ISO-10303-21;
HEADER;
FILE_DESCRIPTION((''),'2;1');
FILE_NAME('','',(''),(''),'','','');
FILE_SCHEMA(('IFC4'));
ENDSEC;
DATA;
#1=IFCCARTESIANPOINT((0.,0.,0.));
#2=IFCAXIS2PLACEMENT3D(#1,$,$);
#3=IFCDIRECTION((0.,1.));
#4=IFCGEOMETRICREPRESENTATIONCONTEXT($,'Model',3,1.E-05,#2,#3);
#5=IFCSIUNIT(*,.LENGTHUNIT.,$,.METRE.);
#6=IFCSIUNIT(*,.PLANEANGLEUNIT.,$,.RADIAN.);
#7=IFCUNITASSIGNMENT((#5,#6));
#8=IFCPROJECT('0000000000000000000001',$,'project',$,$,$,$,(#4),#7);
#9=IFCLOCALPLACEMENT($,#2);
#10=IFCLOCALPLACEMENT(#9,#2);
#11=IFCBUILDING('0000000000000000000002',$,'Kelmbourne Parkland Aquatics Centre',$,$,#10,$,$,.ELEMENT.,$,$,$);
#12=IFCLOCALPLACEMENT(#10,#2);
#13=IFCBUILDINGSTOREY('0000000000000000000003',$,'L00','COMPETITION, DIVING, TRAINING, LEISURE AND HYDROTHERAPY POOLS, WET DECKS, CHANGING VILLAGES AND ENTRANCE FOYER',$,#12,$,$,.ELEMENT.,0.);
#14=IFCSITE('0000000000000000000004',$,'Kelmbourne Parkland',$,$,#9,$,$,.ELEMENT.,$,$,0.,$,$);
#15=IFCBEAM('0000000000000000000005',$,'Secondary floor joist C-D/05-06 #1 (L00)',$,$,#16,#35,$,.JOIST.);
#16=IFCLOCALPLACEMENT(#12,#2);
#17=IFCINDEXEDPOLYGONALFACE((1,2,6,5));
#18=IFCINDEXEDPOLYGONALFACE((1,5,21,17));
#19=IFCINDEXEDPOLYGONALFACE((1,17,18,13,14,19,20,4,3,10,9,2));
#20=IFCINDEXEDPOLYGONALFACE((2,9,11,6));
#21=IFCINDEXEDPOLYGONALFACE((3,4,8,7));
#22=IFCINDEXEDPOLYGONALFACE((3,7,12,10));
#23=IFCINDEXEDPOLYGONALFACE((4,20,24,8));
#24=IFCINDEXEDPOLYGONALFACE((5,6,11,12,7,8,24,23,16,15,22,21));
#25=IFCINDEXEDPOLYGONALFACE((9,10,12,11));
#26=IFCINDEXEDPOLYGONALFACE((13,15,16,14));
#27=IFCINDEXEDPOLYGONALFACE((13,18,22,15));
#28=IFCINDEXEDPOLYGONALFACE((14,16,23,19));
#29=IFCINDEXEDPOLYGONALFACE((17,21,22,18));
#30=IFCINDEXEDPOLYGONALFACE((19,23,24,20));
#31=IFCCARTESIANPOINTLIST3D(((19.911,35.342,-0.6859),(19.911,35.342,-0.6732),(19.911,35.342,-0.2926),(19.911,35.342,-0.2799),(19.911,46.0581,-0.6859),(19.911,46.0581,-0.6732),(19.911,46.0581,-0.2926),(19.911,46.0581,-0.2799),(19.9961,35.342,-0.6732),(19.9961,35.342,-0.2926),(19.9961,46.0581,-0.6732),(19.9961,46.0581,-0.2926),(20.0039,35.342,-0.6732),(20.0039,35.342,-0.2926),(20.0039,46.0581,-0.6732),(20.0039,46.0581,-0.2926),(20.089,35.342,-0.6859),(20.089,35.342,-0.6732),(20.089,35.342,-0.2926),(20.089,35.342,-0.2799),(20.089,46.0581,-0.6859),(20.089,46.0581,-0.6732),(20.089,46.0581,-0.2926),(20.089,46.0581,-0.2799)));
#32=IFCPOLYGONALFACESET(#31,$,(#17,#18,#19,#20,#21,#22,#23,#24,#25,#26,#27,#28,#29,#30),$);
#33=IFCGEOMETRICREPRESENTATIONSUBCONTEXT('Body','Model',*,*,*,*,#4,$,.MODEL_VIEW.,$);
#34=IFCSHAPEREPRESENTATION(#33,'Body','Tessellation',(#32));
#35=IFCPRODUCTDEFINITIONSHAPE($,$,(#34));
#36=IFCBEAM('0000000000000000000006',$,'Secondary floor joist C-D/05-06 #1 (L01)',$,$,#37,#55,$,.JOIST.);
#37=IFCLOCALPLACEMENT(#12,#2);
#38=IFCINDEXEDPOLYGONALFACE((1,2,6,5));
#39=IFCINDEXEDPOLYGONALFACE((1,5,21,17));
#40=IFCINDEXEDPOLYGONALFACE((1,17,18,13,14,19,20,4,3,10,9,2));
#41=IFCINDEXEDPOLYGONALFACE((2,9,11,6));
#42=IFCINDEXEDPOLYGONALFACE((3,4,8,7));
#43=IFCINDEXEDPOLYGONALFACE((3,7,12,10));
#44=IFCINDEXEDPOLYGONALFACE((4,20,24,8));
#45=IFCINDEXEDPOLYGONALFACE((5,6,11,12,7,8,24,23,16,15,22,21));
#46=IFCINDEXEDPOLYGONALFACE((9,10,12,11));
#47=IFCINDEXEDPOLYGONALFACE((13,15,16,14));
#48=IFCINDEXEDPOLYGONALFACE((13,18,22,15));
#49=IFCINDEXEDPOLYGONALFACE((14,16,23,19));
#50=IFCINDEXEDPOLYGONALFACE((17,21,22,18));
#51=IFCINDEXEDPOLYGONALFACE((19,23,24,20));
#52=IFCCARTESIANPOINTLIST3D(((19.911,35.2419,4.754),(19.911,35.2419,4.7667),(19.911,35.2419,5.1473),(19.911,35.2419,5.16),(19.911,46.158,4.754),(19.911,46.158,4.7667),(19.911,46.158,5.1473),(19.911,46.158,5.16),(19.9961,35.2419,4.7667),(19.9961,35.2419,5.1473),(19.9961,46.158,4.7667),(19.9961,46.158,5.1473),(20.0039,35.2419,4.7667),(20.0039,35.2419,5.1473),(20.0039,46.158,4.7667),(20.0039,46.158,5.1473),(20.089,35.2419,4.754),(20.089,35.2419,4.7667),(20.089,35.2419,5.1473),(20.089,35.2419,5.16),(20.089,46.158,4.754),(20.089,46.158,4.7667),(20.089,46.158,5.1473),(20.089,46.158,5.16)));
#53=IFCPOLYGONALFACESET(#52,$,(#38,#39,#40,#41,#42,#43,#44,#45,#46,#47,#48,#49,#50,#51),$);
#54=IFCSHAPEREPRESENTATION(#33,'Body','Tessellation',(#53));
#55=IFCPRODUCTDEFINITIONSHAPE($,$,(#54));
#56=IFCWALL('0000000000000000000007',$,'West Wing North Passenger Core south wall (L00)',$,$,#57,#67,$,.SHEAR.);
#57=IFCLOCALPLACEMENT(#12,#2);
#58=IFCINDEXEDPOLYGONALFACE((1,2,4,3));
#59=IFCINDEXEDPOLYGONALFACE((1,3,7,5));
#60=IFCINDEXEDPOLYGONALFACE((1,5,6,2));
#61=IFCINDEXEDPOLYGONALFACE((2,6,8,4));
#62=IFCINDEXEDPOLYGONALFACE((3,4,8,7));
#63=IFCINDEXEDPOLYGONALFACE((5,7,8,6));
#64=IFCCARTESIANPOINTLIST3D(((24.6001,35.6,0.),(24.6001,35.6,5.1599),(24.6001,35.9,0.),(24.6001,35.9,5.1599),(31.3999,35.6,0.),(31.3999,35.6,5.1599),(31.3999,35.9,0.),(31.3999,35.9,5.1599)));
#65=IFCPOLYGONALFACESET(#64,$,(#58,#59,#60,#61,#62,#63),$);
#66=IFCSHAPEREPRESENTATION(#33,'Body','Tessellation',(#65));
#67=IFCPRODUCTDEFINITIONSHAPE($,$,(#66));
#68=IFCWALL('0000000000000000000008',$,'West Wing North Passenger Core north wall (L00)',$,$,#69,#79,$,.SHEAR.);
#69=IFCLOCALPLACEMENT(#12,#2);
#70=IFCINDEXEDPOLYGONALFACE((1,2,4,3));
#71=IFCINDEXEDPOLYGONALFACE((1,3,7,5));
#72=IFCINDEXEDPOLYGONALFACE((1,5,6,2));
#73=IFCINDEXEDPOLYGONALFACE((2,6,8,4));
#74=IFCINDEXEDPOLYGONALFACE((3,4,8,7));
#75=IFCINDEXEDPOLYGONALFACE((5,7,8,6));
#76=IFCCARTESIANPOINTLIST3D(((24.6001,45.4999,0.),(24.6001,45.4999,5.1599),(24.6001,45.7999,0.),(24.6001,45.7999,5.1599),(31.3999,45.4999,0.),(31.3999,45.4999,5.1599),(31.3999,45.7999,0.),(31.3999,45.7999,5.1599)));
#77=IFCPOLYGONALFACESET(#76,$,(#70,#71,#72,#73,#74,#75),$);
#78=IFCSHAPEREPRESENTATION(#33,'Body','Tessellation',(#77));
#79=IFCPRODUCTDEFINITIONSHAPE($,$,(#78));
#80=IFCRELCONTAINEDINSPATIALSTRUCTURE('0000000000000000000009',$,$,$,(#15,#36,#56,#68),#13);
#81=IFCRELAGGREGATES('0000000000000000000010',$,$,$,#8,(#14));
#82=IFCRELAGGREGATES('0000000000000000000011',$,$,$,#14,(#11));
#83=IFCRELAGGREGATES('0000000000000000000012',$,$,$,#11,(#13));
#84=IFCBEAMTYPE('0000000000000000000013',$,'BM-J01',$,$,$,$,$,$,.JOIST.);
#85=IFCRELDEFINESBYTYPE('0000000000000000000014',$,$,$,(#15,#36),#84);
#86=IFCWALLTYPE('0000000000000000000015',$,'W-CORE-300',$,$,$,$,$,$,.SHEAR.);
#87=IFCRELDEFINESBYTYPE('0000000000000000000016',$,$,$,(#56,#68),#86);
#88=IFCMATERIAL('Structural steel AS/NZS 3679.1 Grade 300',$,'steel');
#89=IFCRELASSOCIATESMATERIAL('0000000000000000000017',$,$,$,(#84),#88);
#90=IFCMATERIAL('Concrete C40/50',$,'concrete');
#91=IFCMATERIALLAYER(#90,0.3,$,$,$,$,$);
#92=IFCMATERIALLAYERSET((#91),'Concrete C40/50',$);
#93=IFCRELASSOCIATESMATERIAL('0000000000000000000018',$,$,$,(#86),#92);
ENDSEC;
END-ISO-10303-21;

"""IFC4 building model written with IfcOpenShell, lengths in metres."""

from ifc_helpers import new_model, si_unit, direction, frame, frame_2d, origin, origin_2d, place, context, subcontext, project, spatial, rectangle, i_section, extrude, material, layer, layer_set, material_profile, profile_set, type_object, element, save


model = new_model("IFC4")

# Units and contexts
model_context = context("Model", 3, precision=1e-05, world=origin(), true_north=direction((0.0, 1.0)))
body_context = subcontext(model_context, "Body", "Model", "MODEL_VIEW")
ifc_project = project(units=[si_unit("LENGTHUNIT", "METRE"), si_unit("PLANEANGLEUNIT", "RADIAN")], contexts=[model_context])

# Site, building, storey
site_placement = place(None, origin())
site = spatial("IfcSite", under=ifc_project, at=site_placement, Name="Kelmbourne Parkland", CompositionType="ELEMENT", RefElevation=0.0)
building_placement = place(site_placement, origin())
building = spatial("IfcBuilding", under=site, at=building_placement, Name="Kelmbourne Parkland Aquatics Centre", CompositionType="ELEMENT")
storey_placement = place(building_placement, origin())
storey = spatial("IfcBuildingStorey", under=building, at=storey_placement, Name="L00", Description="COMPETITION, DIVING, TRAINING, LEISURE AND HYDROTHERAPY POOLS, WET DECKS, CHANGING VILLAGES AND ENTRANCE FOYER", CompositionType="ELEMENT", Elevation=0.0)

# Shared definitions
ifc_material_1 = material(Name="Concrete C40/50", Category="concrete")

# Beams
ifc_material_2 = material(Name="Structural steel AS/NZS 3679.1 Grade 300", Category="steel")
ifc_material_profile_1 = material_profile(ifc_material_2, i_section(OverallWidth=0.178, OverallDepth=0.406, WebThickness=0.0078, FlangeThickness=0.0127, at=origin_2d()), Name="410UB59.7")
ifc_profile_set_1 = profile_set([ifc_material_profile_1], Name="Structural steel AS/NZS 3679.1 Grade 300")
beam_type_1 = type_object("IfcBeamType", Name="BM-J01", PredefinedType="JOIST", material=ifc_profile_set_1)
beam_1_placement = place(storey_placement, frame((20.0, 35.342, -0.4829), z_axis=(0.0, 1.0, 0.0), x_axis=(-1.0, 0.0, 0.0)))
element("IfcBeam", 1, at=beam_1_placement, inside=storey, type_object=beam_type_1, Name="Secondary floor joist C-D/05-06 #1 (L00)", PredefinedType="JOIST", context=body_context, shape_type="SweptSolid", body=[
    extrude(i_section(OverallWidth=0.178, OverallDepth=0.406, WebThickness=0.0078, FlangeThickness=0.0127, at=origin_2d()), origin(), (0.0, 0.0, 1.0), 10.7161),
])
beam_2_placement = place(storey_placement, frame((20.0, 35.2419, 4.957), z_axis=(0.0, 1.0, 0.0), x_axis=(-1.0, 0.0, 0.0)))
element("IfcBeam", 2, at=beam_2_placement, inside=storey, type_object=beam_type_1, Name="Secondary floor joist C-D/05-06 #1 (L01)", PredefinedType="JOIST", context=body_context, shape_type="SweptSolid", body=[
    extrude(i_section(OverallWidth=0.178, OverallDepth=0.406, WebThickness=0.0078, FlangeThickness=0.0127, at=origin_2d()), origin(), (0.0, 0.0, 1.0), 10.916),
])

# Walls
ifc_layer = layer(ifc_material_1, 0.3)
ifc_layer_set = layer_set([ifc_layer], Name="Concrete C40/50")
wall_type = type_object("IfcWallType", Name="W-CORE-300", PredefinedType="SHEAR", material=ifc_layer_set)
for number, where, z_axis, x_axis, name in (
    (3, (24.6001, 35.75, 0.0), (0.0, 0.0, 1.0), (1.0, 0.0, 0.0), "West Wing North Passenger Core south wall (L00)"),
    (4, (24.6001, 45.6499, 0.0), (0.0, 0.0, 1.0), (1.0, 0.0, 0.0), "West Wing North Passenger Core north wall (L00)"),
):
    element("IfcWall", number, at=place(storey_placement, frame(where, z_axis=z_axis, x_axis=x_axis)), inside=storey, type_object=wall_type, Name=name, PredefinedType="SHEAR", context=body_context, shape_type="SweptSolid", body=[
        extrude(rectangle(XDim=6.7998, YDim=0.3, at=frame_2d((3.3999, 0.0))), origin(), (0.0, 0.0, 1.0), 5.1599),
    ])

save(model, "model.ifc")
